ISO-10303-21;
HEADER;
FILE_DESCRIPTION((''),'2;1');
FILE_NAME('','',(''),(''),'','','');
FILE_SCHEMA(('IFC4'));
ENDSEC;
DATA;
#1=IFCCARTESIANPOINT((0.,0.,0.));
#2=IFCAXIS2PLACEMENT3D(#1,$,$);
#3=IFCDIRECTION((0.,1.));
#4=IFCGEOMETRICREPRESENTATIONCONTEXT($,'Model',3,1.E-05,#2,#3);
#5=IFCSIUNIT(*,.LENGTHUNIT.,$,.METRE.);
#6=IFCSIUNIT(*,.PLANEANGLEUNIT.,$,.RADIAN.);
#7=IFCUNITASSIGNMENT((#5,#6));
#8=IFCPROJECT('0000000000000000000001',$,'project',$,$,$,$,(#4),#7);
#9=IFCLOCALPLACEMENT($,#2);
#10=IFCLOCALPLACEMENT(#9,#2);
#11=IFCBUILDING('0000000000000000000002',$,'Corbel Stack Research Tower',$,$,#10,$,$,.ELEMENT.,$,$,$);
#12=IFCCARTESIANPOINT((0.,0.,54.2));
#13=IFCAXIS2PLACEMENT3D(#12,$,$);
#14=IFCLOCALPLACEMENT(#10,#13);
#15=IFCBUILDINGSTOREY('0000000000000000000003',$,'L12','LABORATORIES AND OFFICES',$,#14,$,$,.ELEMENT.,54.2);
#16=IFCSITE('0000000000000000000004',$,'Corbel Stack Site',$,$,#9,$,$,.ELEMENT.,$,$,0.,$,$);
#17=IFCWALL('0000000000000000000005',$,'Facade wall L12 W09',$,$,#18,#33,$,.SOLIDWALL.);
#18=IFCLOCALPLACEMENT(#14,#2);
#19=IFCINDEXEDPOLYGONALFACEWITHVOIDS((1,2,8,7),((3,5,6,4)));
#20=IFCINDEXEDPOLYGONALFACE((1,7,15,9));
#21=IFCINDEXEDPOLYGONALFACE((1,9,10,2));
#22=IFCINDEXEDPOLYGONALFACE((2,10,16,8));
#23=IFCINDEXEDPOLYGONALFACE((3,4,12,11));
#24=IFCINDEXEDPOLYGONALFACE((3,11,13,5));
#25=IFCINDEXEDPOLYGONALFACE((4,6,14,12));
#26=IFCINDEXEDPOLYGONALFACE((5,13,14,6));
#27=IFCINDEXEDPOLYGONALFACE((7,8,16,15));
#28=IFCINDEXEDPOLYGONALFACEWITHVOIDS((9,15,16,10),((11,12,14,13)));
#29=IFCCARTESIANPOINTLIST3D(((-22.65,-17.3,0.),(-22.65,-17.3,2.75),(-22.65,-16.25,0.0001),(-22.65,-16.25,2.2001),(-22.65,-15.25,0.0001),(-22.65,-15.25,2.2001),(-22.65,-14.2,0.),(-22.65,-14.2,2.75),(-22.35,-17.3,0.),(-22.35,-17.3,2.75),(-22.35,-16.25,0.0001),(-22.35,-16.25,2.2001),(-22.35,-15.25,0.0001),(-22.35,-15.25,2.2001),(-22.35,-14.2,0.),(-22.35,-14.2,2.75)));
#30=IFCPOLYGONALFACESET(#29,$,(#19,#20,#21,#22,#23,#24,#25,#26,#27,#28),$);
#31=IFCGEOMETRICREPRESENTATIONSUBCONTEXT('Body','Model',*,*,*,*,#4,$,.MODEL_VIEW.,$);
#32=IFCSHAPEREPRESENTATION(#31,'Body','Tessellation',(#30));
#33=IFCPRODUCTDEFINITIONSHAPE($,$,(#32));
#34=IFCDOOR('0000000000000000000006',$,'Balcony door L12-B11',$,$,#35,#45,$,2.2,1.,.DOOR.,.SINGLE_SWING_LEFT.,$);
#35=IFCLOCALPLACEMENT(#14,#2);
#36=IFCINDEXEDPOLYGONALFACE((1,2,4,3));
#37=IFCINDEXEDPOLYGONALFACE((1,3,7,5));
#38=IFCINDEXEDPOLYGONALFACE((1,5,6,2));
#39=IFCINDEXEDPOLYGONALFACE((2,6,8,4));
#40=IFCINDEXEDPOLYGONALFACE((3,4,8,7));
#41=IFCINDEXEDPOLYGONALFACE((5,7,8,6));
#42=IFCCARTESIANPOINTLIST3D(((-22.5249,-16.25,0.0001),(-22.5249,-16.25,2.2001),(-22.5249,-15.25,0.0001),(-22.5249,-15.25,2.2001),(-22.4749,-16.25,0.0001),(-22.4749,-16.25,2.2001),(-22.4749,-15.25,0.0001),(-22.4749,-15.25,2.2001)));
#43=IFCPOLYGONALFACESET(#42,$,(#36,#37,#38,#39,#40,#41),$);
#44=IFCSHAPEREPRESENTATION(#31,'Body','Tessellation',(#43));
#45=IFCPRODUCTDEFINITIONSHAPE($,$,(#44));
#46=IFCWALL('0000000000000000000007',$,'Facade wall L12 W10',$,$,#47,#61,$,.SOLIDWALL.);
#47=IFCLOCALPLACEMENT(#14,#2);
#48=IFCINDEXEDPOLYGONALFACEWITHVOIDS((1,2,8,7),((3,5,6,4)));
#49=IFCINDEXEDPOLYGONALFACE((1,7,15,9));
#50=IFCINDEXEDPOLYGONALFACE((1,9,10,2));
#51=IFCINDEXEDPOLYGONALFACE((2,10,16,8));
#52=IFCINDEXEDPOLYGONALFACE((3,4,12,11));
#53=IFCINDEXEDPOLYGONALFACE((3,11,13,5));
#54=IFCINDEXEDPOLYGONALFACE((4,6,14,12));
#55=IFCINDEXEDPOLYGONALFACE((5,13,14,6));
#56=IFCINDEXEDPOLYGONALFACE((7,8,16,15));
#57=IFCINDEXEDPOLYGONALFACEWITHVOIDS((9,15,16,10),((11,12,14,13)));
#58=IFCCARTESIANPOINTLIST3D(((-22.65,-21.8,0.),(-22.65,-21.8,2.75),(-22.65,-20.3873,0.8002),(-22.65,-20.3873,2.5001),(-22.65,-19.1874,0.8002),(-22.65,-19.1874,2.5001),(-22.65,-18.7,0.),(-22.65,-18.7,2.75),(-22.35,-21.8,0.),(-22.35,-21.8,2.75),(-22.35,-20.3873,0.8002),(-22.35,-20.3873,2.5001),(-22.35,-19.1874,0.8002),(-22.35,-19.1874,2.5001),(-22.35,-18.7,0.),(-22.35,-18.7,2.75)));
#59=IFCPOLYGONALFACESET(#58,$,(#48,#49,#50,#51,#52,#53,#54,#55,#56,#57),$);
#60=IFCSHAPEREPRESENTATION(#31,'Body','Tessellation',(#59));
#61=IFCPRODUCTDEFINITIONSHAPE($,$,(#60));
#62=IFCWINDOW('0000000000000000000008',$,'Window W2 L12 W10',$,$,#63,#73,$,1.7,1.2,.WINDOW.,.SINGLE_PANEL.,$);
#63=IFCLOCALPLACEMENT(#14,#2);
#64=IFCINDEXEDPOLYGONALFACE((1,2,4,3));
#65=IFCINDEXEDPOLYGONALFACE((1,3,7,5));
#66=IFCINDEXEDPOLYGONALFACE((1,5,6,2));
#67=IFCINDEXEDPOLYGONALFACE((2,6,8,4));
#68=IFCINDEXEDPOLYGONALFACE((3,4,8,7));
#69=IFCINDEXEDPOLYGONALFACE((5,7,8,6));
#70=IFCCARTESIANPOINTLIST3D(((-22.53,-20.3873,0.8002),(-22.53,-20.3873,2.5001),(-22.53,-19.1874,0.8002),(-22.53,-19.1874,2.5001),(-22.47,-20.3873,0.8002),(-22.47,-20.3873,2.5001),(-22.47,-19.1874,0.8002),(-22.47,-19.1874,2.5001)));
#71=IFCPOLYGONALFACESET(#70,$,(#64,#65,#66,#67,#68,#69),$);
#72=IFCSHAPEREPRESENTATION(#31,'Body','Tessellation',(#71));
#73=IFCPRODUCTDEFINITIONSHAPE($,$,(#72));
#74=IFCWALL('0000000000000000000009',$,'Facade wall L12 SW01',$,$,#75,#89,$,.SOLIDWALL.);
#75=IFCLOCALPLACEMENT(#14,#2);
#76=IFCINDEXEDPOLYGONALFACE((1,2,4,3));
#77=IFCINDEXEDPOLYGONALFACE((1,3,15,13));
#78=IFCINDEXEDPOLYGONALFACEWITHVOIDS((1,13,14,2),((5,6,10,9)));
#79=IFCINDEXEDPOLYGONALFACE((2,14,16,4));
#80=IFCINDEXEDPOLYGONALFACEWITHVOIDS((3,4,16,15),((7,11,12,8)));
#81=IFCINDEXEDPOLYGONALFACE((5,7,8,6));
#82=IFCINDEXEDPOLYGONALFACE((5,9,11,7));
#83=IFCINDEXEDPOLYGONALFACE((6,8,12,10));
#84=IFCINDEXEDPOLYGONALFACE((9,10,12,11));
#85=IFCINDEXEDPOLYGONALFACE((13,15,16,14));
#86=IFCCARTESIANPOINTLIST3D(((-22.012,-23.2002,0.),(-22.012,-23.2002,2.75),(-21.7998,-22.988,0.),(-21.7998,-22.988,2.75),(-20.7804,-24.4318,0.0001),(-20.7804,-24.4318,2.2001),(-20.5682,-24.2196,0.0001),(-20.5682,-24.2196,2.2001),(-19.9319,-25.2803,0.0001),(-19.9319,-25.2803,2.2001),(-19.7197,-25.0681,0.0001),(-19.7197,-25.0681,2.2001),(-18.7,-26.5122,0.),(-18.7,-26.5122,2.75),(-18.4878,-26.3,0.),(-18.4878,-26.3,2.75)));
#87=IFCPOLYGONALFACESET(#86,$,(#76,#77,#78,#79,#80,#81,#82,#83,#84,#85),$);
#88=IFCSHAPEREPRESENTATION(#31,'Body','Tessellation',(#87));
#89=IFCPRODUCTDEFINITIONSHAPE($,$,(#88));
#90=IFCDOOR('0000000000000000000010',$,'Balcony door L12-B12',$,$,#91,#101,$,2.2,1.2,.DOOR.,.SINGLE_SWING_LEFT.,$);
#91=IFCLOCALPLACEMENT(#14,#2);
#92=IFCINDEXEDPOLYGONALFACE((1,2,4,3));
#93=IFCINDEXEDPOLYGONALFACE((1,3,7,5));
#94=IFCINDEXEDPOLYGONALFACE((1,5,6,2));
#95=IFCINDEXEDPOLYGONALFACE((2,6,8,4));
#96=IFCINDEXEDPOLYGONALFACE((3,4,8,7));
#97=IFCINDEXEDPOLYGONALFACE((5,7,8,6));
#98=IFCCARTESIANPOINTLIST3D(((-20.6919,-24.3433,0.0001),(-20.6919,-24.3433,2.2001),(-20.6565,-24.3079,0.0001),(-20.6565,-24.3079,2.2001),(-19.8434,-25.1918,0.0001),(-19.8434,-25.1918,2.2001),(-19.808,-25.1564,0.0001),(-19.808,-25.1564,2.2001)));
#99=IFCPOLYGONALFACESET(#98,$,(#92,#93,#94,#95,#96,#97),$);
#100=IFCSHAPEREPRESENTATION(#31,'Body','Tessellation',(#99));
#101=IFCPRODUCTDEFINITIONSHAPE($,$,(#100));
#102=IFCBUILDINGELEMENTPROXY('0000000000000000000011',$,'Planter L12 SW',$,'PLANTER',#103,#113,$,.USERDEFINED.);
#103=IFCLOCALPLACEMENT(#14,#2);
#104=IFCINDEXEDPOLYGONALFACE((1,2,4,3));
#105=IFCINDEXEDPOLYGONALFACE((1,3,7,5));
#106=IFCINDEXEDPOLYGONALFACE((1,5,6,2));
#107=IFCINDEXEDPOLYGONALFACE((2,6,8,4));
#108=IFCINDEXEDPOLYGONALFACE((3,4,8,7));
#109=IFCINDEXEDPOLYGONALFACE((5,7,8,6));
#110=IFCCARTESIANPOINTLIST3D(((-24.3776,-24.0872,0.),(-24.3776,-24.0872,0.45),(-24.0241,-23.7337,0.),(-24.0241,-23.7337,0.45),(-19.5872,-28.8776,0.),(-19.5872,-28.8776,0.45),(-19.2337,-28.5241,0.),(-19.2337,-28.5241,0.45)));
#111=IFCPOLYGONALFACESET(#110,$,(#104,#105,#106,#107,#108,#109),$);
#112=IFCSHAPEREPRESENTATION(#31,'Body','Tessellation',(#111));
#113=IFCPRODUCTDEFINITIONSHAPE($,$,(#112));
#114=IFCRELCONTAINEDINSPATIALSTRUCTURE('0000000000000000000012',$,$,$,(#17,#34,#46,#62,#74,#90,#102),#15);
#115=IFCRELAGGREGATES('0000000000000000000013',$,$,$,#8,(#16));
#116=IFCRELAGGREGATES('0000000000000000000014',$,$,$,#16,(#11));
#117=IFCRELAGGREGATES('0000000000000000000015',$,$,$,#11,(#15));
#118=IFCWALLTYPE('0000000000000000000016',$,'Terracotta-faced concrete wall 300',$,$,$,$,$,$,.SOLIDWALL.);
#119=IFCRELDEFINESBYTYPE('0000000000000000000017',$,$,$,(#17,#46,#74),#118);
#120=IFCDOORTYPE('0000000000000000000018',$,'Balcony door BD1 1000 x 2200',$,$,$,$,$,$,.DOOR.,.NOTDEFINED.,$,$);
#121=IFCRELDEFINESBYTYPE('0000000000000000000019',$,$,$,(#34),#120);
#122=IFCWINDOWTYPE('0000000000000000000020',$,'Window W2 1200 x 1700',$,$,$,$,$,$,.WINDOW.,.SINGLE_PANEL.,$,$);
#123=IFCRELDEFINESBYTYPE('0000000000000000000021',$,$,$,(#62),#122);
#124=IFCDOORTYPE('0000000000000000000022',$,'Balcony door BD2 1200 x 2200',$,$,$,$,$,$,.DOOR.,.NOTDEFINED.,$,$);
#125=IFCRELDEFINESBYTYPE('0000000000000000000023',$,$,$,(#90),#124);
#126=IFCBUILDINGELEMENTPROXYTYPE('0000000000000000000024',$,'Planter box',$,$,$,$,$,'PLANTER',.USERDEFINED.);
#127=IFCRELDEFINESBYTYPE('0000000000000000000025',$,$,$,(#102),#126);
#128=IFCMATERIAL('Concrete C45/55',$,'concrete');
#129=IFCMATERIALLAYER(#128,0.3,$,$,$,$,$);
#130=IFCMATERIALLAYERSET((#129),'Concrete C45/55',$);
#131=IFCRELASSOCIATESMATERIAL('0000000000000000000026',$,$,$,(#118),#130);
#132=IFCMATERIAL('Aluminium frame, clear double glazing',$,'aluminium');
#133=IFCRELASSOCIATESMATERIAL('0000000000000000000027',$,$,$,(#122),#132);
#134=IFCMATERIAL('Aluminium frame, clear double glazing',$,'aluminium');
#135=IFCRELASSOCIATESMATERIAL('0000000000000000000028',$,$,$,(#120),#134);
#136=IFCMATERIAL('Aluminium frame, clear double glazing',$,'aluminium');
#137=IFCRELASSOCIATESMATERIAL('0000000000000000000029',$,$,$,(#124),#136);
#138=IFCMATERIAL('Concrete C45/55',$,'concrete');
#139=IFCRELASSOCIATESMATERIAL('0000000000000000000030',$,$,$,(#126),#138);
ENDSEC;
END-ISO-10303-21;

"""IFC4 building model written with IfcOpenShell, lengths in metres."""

from ifc_helpers import new_model, si_unit, direction, frame, frame_2d, origin, origin_2d, place, context, subcontext, project, spatial, rectangle, extrude, material, layer, layer_set, type_object, element, fill, save


model = new_model("IFC4")

# Units and contexts
model_context = context("Model", 3, precision=1e-05, world=origin(), true_north=direction((0.0, 1.0)))
body_context = subcontext(model_context, "Body", "Model", "MODEL_VIEW")
ifc_project = project(units=[si_unit("LENGTHUNIT", "METRE"), si_unit("PLANEANGLEUNIT", "RADIAN")], contexts=[model_context])

# Site, building, storey
site_placement = place(None, origin())
site = spatial("IfcSite", under=ifc_project, at=site_placement, Name="Corbel Stack Site", CompositionType="ELEMENT", RefElevation=0.0)
building_placement = place(site_placement, origin())
building = spatial("IfcBuilding", under=site, at=building_placement, Name="Corbel Stack Research Tower", CompositionType="ELEMENT")
storey_placement = place(building_placement, frame((0.0, 0.0, 54.2)))
storey = spatial("IfcBuildingStorey", under=building, at=storey_placement, Name="L12", Description="LABORATORIES AND OFFICES", CompositionType="ELEMENT", Elevation=54.2)

# Shared definitions
ifc_material_1 = material(Name="Concrete C45/55", Category="concrete")
ifc_layer_1 = layer(ifc_material_1, 0.3)
ifc_layer_set_1 = layer_set([ifc_layer_1], Name="Concrete C45/55")
wall_type_1 = type_object("IfcWallType", Name="Terracotta-faced concrete wall 300", PredefinedType="SOLIDWALL", material=ifc_layer_set_1)
ifc_material_2 = material(Name="Aluminium frame, clear double glazing", Category="aluminium")
window_type = type_object("IfcWindowType", Name="Window W2 1200 x 1700", PartitioningType="SINGLE_PANEL", PredefinedType="WINDOW", material=ifc_material_2)

# Wall, opening, door
wall_1_placement = place(storey_placement, frame((-22.5, -17.3, 0.0), z_axis=(0.0, 0.0, 1.0), x_axis=(0.0, 1.0, 0.0)))
wall_1 = element("IfcWall", 1, at=wall_1_placement, inside=storey, type_object=wall_type_1, Name="Facade wall L12 W09", PredefinedType="SOLIDWALL", context=body_context, shape_type="SweptSolid", body=[
    extrude(rectangle(XDim=3.1001, YDim=0.3, at=frame_2d((1.55, 0.0))), origin(), (0.0, 0.0, 1.0), 2.75),
])
opening_1_placement = place(wall_1_placement, frame((1.05, 0.0, 0.0)))
opening_1 = element("IfcOpeningElement", 2, at=opening_1_placement, cuts=wall_1, PredefinedType="OPENING", context=body_context, shape_type="SweptSolid", body=[
    extrude(rectangle(XDim=1.0, YDim=2.2, at=frame_2d((0.5, 1.1001))), frame((0.0, 0.1599, 0.0), z_axis=(0.0, -1.0, 0.0), x_axis=(1.0, 0.0, 0.0)), (0.0, 0.0, 1.0), 0.3201),
])
ifc_material_3 = material(Name="Aluminium frame, clear double glazing", Category="aluminium")
door_type_1 = type_object("IfcDoorType", Name="Balcony door BD1 1000 x 2200", OperationType="NOTDEFINED", PredefinedType="DOOR", material=ifc_material_3)
door_1_placement = place(opening_1_placement, origin())
door_1 = element("IfcDoor", 3, at=door_1_placement, inside=storey, type_object=door_type_1, Name="Balcony door L12-B11", OperationType="SINGLE_SWING_LEFT", OverallHeight=2.2, OverallWidth=1.0, PredefinedType="DOOR", context=body_context, shape_type="SweptSolid", body=[
    extrude(rectangle(XDim=1.0, YDim=2.2, at=frame_2d((0.5, 1.1001))), frame((0.0, 0.0249, 0.0), z_axis=(0.0, -1.0, 0.0), x_axis=(1.0, 0.0, 0.0)), (0.0, 0.0, 1.0), 0.05),
])
fill(opening_1, door_1)

# Wall, opening, window
wall_2_placement = place(storey_placement, frame((-22.5, -21.8, 0.0), z_axis=(0.0, 0.0, 1.0), x_axis=(0.0, 1.0, 0.0)))
wall_2 = element("IfcWall", 4, at=wall_2_placement, inside=storey, type_object=wall_type_1, Name="Facade wall L12 W10", PredefinedType="SOLIDWALL", context=body_context, shape_type="SweptSolid", body=[
    extrude(rectangle(XDim=3.1001, YDim=0.3, at=frame_2d((1.55, 0.0))), origin(), (0.0, 0.0, 1.0), 2.75),
])
opening_2_placement = place(wall_2_placement, frame((1.4126, 0.0, 0.8)))
opening_2 = element("IfcOpeningElement", 5, at=opening_2_placement, cuts=wall_2, PredefinedType="OPENING", context=body_context, shape_type="SweptSolid", body=[
    extrude(rectangle(XDim=1.2, YDim=1.7, at=frame_2d((0.6001, 0.8501))), frame((0.0, 0.1599, 0.0), z_axis=(0.0, -1.0, 0.0), x_axis=(1.0, 0.0, 0.0)), (0.0, 0.0, 1.0), 0.3201),
])
window_1_placement = place(opening_2_placement, origin())
window_1 = element("IfcWindow", 6, at=window_1_placement, inside=storey, type_object=window_type, Name="Window W2 L12 W10", OverallHeight=1.7, OverallWidth=1.2, PartitioningType="SINGLE_PANEL", PredefinedType="WINDOW", context=body_context, shape_type="SweptSolid", body=[
    extrude(rectangle(XDim=1.2, YDim=1.7, at=frame_2d((0.6001, 0.8501))), frame((0.0, 0.03, 0.0), z_axis=(0.0, -1.0, 0.0), x_axis=(1.0, 0.0, 0.0)), (0.0, 0.0, 1.0), 0.0601),
])
fill(opening_2, window_1)

# Wall, opening, door
wall_3_placement = place(storey_placement, frame((-18.594, -26.406, 0.0), z_axis=(0.0, 0.0, 1.0), x_axis=(-0.707107, 0.707107, 0.0)))
wall_3 = element("IfcWall", 7, at=wall_3_placement, inside=storey, type_object=wall_type_1, Name="Facade wall L12 SW01", PredefinedType="SOLIDWALL", context=body_context, shape_type="SweptSolid", body=[
    extrude(rectangle(XDim=4.6838, YDim=0.3, at=frame_2d((2.3418, 0.0))), origin(), (0.0, 0.0, 1.0), 2.75),
])
opening_3_placement = place(wall_3_placement, frame((1.7419, 0.0, 0.0)))
opening_3 = element("IfcOpeningElement", 8, at=opening_3_placement, cuts=wall_3, PredefinedType="OPENING", context=body_context, shape_type="SweptSolid", body=[
    extrude(rectangle(XDim=1.2, YDim=2.2, at=frame_2d((0.6001, 1.1001))), frame((0.0, 0.1599, 0.0), z_axis=(0.0, -1.0, 0.0), x_axis=(1.0, 0.0, 0.0)), (0.0, 0.0, 1.0), 0.3201),
])
ifc_material_4 = material(Name="Aluminium frame, clear double glazing", Category="aluminium")
door_type_2 = type_object("IfcDoorType", Name="Balcony door BD2 1200 x 2200", OperationType="NOTDEFINED", PredefinedType="DOOR", material=ifc_material_4)
door_2_placement = place(opening_3_placement, origin())
door_2 = element("IfcDoor", 9, at=door_2_placement, inside=storey, type_object=door_type_2, Name="Balcony door L12-B12", OperationType="SINGLE_SWING_LEFT", OverallHeight=2.2, OverallWidth=1.2, PredefinedType="DOOR", context=body_context, shape_type="SweptSolid", body=[
    extrude(rectangle(XDim=1.2, YDim=2.2, at=frame_2d((0.6001, 1.1001))), frame((0.0, 0.0249, 0.0), z_axis=(0.0, -1.0, 0.0), x_axis=(1.0, 0.0, 0.0)), (0.0, 0.0, 1.0), 0.05),
])
fill(opening_3, door_2)

# Building element proxy
ifc_material_5 = material(Name="Concrete C45/55", Category="concrete")
building_element_proxy_type = type_object("IfcBuildingElementProxyType", Name="Planter box", ElementType="PLANTER", PredefinedType="USERDEFINED", material=ifc_material_5)
proxy_placement = place(storey_placement, frame((-21.8057, -26.3057, 0.0), z_axis=(0.0, 0.0, 1.0), x_axis=(0.707107, -0.707107, 0.0)))
element("IfcBuildingElementProxy", 10, at=proxy_placement, inside=storey, type_object=building_element_proxy_type, Name="Planter L12 SW", ObjectType="PLANTER", PredefinedType="USERDEFINED", context=body_context, shape_type="SweptSolid", body=[
    extrude(rectangle(XDim=6.7747, YDim=0.5, at=origin_2d()), origin(), (0.0, 0.0, 1.0), 0.45),
])

save(model, "model.ifc")
